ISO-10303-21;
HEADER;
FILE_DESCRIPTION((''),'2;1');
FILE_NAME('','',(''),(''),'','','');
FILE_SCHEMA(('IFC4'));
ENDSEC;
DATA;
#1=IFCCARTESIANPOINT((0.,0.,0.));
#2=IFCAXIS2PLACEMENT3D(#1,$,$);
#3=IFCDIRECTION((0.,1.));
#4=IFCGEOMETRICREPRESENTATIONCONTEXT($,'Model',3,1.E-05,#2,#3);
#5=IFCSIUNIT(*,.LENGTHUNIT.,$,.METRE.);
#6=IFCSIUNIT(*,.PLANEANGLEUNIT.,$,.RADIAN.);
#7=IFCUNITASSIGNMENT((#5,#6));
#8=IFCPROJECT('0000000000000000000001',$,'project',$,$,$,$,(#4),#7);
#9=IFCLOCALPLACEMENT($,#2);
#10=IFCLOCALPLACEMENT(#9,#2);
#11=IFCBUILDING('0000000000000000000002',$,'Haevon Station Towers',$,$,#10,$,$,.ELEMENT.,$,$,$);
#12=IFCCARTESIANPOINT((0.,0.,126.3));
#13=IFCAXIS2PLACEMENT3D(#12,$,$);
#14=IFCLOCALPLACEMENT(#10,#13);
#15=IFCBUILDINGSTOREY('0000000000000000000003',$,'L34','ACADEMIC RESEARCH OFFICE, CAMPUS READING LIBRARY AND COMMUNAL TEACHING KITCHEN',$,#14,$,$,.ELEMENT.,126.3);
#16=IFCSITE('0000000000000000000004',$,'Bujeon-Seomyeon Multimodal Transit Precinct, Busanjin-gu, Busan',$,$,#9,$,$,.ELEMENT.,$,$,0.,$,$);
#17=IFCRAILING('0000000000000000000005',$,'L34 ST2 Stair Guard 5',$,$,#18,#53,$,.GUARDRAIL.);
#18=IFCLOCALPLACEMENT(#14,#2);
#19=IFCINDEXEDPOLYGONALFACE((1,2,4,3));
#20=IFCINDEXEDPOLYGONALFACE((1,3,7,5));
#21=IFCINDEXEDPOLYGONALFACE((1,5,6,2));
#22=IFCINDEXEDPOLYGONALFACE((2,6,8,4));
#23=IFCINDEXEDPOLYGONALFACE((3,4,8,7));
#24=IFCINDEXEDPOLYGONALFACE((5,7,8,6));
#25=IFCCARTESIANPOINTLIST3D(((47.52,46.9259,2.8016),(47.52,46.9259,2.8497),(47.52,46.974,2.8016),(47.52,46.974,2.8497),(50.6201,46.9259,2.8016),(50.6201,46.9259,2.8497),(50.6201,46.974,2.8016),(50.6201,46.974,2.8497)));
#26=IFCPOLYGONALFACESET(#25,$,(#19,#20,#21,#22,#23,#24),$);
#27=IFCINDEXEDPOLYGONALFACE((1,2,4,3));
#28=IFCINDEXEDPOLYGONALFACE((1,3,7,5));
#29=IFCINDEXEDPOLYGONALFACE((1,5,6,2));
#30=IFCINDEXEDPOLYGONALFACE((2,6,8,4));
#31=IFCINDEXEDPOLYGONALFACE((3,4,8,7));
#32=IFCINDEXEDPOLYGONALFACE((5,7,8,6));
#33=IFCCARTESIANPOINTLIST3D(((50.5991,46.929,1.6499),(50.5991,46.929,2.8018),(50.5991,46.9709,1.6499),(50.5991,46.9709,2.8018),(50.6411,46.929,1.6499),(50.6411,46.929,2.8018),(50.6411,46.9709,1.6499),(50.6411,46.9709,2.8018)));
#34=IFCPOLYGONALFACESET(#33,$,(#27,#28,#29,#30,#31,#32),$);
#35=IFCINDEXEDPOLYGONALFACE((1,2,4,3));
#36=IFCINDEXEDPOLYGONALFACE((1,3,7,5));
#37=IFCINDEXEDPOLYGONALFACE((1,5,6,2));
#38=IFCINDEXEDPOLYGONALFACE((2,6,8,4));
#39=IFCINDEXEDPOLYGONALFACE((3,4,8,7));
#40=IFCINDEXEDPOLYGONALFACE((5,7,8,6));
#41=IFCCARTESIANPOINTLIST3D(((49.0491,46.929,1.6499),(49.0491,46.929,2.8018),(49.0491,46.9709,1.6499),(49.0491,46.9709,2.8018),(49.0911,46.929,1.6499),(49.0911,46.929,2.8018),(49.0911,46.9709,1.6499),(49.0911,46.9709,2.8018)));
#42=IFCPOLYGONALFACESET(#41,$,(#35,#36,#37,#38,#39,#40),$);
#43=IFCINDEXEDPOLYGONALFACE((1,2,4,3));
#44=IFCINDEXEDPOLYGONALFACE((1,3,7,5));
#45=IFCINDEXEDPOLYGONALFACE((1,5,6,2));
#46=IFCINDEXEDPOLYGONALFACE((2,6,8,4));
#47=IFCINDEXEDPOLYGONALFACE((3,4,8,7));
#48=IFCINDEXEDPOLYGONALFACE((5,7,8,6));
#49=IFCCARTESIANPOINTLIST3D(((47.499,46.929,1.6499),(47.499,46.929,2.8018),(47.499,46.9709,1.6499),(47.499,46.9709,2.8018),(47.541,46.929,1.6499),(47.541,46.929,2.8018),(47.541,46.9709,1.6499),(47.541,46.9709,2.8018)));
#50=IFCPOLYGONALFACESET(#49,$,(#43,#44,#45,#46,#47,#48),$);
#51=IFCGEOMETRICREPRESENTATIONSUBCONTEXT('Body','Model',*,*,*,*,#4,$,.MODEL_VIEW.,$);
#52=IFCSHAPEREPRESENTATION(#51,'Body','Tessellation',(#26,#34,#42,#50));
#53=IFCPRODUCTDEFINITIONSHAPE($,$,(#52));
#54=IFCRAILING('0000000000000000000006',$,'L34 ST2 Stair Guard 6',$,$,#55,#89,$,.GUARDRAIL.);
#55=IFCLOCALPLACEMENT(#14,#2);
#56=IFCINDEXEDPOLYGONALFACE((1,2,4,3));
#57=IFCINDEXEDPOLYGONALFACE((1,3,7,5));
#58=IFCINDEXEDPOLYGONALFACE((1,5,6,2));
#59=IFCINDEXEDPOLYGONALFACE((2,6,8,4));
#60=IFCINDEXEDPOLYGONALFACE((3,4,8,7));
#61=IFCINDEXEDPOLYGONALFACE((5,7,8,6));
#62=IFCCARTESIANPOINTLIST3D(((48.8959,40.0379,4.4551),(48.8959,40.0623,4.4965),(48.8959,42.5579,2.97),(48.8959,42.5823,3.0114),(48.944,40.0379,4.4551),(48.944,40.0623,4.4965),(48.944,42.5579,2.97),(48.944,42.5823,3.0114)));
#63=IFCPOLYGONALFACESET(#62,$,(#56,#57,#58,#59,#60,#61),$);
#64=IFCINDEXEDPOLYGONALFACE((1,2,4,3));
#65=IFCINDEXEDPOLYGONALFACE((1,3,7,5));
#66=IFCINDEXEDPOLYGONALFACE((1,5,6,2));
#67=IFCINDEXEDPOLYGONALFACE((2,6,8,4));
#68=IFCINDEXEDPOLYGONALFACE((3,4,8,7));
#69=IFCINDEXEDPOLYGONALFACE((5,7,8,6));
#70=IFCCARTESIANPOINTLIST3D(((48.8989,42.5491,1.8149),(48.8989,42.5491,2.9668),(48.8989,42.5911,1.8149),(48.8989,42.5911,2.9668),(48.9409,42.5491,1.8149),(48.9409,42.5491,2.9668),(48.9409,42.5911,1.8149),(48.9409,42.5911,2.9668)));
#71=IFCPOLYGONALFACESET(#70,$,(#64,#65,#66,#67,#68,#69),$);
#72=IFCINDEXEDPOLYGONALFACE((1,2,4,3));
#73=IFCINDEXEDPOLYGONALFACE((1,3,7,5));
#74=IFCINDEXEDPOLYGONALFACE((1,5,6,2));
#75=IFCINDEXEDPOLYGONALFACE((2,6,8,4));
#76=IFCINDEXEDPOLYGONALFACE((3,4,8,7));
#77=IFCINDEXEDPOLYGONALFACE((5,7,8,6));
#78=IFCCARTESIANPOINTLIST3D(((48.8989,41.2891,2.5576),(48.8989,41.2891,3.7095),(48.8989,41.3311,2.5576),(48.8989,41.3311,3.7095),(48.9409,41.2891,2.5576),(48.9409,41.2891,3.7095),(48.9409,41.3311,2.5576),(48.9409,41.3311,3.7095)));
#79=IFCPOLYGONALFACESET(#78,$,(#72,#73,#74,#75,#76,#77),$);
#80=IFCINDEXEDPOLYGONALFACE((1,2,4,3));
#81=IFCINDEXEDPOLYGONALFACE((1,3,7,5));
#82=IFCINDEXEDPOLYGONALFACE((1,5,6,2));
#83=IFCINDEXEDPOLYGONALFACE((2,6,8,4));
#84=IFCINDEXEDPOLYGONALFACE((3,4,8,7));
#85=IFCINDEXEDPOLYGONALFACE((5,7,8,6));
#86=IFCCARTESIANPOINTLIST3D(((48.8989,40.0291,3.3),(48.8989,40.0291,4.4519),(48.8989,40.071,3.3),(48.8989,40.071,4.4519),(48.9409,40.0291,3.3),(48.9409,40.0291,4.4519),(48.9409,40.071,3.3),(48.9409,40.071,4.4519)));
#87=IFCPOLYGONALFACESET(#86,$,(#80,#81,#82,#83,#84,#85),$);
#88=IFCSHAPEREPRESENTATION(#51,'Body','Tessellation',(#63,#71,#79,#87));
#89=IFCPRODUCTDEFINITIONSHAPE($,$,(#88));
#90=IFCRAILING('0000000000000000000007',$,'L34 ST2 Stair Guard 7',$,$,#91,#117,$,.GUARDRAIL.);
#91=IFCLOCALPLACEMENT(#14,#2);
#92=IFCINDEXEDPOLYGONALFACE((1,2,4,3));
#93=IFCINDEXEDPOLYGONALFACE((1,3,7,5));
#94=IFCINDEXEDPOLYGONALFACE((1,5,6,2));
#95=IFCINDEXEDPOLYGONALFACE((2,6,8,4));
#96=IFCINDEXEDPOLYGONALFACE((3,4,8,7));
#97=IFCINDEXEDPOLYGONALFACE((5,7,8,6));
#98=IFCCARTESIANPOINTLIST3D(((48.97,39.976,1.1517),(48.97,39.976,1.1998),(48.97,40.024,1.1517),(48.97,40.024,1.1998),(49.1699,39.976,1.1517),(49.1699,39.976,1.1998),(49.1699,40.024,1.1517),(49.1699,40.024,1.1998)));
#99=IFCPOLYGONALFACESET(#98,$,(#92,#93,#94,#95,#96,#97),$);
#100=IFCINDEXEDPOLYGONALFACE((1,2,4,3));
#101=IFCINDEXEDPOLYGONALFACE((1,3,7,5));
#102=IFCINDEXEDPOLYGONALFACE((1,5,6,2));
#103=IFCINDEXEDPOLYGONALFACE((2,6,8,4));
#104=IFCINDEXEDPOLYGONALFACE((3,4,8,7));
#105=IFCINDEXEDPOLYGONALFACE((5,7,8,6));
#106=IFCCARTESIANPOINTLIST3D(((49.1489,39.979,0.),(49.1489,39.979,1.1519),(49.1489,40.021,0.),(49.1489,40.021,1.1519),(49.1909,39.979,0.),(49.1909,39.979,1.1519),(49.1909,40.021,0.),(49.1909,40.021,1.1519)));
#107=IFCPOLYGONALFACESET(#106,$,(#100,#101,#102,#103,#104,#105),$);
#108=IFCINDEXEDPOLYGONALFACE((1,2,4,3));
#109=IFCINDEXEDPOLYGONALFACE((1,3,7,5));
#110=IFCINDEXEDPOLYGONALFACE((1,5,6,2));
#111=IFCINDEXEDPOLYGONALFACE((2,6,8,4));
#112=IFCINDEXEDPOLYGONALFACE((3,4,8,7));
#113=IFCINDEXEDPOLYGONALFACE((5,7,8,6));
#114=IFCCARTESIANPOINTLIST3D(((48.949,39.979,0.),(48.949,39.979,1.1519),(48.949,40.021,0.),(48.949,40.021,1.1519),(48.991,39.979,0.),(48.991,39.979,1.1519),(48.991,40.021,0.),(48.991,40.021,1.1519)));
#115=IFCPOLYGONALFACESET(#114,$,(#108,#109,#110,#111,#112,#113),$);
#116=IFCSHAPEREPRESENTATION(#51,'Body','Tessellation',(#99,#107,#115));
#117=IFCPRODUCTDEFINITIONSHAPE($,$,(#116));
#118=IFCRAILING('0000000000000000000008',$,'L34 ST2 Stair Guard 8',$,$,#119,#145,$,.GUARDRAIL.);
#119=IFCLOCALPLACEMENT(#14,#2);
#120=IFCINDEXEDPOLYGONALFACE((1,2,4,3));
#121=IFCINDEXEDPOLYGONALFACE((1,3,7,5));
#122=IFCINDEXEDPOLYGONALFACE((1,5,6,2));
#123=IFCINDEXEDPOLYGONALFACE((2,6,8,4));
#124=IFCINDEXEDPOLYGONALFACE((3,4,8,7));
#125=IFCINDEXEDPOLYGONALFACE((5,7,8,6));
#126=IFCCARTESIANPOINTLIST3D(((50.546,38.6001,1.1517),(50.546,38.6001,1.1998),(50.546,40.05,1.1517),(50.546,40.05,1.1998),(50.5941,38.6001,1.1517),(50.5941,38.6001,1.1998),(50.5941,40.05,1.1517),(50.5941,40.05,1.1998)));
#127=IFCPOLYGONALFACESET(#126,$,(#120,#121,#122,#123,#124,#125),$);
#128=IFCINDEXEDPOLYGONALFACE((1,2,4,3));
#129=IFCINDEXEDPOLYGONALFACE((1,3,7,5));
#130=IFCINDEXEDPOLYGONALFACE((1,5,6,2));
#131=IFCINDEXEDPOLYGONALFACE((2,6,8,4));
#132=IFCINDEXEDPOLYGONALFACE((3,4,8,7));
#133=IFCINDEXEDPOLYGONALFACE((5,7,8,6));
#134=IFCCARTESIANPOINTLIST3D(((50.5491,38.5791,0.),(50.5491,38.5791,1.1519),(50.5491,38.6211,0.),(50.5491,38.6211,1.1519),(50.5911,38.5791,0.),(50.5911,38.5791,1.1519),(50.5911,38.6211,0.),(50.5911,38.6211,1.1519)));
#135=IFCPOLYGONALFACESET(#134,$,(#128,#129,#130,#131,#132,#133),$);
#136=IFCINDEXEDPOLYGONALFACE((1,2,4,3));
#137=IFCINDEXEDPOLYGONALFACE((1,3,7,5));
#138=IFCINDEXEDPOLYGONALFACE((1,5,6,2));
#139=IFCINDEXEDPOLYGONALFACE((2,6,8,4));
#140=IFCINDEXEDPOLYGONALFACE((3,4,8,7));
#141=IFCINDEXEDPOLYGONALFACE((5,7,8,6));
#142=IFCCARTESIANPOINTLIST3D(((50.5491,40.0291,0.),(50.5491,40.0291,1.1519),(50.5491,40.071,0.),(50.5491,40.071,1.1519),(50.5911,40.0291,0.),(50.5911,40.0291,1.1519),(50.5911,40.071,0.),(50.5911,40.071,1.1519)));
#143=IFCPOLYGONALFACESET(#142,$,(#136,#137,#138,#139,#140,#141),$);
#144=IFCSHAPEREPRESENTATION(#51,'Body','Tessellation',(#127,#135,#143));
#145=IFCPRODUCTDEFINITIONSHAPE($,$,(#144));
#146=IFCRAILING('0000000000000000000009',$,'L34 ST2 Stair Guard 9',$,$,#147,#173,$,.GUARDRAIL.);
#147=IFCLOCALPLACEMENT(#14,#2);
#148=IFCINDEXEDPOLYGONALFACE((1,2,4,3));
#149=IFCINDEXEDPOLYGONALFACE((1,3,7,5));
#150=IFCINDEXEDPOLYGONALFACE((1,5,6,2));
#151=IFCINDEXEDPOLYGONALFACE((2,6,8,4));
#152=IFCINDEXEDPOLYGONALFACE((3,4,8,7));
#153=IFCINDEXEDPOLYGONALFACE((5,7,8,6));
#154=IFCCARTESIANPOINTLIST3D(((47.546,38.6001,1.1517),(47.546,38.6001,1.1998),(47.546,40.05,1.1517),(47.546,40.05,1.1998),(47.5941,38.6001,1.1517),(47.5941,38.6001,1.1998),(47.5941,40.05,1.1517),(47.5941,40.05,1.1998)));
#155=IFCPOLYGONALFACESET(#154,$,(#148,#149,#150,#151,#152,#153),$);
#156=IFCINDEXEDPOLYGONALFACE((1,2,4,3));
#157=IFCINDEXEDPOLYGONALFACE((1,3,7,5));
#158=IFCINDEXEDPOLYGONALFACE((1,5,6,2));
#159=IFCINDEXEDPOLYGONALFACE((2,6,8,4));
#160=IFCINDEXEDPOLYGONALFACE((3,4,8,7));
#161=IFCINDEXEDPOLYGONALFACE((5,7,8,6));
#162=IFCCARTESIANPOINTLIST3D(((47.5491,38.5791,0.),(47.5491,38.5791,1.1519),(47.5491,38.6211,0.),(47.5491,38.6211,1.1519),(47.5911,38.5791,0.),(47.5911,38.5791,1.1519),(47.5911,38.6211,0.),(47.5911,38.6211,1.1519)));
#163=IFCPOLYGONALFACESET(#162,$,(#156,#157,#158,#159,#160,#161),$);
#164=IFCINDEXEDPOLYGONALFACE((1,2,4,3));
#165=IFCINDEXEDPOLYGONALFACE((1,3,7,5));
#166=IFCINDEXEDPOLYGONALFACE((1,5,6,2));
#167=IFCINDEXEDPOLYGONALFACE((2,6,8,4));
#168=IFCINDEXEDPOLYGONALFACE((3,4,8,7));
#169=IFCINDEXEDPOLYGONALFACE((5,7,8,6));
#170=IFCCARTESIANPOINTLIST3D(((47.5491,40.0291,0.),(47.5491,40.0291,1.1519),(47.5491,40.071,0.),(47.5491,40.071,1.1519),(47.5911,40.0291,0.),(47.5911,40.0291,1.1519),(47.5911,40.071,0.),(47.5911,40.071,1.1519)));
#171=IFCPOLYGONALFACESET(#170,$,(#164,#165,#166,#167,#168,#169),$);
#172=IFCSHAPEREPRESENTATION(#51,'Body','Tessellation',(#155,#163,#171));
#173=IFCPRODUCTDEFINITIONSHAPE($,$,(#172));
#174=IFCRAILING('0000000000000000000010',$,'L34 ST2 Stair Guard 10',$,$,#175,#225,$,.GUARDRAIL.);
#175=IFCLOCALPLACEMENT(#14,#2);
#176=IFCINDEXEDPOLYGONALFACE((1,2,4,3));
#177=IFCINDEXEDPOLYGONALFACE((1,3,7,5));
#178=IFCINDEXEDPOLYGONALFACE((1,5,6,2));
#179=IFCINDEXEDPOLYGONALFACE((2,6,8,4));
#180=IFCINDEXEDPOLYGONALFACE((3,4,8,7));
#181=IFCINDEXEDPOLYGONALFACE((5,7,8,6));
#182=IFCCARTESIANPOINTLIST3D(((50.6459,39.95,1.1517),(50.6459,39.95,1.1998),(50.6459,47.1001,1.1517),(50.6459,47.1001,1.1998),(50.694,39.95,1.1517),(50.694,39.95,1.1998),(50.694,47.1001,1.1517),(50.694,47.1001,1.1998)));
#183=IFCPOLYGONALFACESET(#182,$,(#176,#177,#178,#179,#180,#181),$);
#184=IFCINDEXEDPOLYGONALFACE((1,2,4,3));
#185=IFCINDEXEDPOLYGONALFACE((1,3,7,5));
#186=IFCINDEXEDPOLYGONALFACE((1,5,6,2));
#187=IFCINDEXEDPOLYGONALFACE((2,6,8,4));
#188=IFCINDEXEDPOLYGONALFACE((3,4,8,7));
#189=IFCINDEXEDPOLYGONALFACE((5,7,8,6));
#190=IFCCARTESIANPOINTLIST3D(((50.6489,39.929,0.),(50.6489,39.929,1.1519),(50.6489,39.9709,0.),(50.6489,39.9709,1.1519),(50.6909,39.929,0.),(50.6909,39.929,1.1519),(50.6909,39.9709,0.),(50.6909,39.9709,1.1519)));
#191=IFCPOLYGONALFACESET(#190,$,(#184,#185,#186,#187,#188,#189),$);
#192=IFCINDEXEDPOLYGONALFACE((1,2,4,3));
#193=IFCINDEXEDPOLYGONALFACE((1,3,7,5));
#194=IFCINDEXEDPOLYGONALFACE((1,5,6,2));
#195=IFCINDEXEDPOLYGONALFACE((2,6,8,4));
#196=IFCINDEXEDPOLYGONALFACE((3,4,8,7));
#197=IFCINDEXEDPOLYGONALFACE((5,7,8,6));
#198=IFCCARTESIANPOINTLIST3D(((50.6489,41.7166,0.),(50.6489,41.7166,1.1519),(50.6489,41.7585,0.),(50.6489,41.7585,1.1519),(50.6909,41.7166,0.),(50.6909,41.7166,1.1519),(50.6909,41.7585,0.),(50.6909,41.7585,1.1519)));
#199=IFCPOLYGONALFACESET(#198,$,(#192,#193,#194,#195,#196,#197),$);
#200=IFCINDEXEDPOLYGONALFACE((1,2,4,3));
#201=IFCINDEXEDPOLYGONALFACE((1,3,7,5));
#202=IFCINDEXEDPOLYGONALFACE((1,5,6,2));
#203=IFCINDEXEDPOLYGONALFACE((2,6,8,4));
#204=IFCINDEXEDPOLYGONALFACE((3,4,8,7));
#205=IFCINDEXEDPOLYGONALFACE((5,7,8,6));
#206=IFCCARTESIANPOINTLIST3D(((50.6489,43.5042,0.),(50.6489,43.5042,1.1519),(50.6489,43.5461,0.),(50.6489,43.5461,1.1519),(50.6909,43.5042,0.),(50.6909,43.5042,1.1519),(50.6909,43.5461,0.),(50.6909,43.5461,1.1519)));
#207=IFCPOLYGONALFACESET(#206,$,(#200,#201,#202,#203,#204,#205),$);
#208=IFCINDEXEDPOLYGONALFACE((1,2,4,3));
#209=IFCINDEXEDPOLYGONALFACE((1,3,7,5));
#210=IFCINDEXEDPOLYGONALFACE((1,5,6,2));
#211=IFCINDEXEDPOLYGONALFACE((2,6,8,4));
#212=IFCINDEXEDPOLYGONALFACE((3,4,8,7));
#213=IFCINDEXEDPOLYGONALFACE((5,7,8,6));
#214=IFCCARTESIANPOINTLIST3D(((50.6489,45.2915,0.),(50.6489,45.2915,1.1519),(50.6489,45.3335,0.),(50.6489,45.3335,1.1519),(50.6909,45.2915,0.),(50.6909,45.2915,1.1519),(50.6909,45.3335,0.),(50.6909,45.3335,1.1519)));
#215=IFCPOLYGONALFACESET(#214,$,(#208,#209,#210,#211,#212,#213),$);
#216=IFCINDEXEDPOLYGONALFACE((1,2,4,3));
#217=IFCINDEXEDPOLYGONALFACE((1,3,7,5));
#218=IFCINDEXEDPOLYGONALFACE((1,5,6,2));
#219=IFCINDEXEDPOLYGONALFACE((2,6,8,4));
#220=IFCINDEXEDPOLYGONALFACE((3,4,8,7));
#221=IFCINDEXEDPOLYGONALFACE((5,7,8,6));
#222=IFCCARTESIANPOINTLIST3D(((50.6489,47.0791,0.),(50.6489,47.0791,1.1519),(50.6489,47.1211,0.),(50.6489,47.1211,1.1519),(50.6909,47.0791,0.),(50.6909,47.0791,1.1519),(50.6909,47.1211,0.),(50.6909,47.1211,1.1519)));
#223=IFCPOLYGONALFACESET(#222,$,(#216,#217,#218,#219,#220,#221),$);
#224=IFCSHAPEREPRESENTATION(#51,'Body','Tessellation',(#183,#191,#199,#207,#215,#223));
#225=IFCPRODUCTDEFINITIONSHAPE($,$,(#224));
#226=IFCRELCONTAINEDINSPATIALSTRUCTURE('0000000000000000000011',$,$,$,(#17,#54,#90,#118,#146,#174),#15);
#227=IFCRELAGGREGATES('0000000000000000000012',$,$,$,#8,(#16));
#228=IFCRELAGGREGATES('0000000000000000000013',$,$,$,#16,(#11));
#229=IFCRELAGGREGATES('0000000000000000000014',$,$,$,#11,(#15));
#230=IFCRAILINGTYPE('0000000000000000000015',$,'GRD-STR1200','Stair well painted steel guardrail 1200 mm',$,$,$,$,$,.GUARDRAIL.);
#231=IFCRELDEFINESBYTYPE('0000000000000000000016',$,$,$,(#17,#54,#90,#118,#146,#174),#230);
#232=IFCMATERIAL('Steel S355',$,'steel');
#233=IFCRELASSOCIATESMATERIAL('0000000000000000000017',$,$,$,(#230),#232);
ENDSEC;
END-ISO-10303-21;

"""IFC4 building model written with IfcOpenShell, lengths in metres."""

from ifc_helpers import new_model, si_unit, direction, frame, origin, origin_2d, place, context, subcontext, project, spatial, rectangle, extrude, material, type_object, element, save


model = new_model("IFC4")

# Units and contexts
model_context = context("Model", 3, precision=1e-05, world=origin(), true_north=direction((0.0, 1.0)))
body_context = subcontext(model_context, "Body", "Model", "MODEL_VIEW")
ifc_project = project(units=[si_unit("LENGTHUNIT", "METRE"), si_unit("PLANEANGLEUNIT", "RADIAN")], contexts=[model_context])

# Site, building, storey
site_placement = place(None, origin())
site = spatial("IfcSite", under=ifc_project, at=site_placement, Name="Bujeon-Seomyeon Multimodal Transit Precinct, Busanjin-gu, Busan", CompositionType="ELEMENT", RefElevation=0.0)
building_placement = place(site_placement, origin())
building = spatial("IfcBuilding", under=site, at=building_placement, Name="Haevon Station Towers", CompositionType="ELEMENT")
storey_placement = place(building_placement, frame((0.0, 0.0, 126.3)))
storey = spatial("IfcBuildingStorey", under=building, at=storey_placement, Name="L34", Description="ACADEMIC RESEARCH OFFICE, CAMPUS READING LIBRARY AND COMMUNAL TEACHING KITCHEN", CompositionType="ELEMENT", Elevation=126.3)

# Shared definitions
ifc_material_1 = material(Name="Steel S355", Category="steel")

# Railings
railing_type_1 = type_object("IfcRailingType", Name="GRD-STR1200", Description="Stair well painted steel guardrail 1200 mm", PredefinedType="GUARDRAIL", material=ifc_material_1)
railing_1_placement = place(storey_placement, frame((50.6201, 46.95, 1.6499)))
element("IfcRailing", 1, at=railing_1_placement, inside=storey, type_object=railing_type_1, Name="L34 ST2 Stair Guard 5", PredefinedType="GUARDRAIL", context=body_context, shape_type="SweptSolid", body=[
    extrude(rectangle(XDim=0.0481, YDim=0.0481, at=origin_2d()), frame((0.0, 0.0, 1.1758), z_axis=(-1.0, 0.0, 0.0), x_axis=(0.0, -1.0, 0.0)), (0.0, 0.0, 1.0), 3.1001),
    extrude(rectangle(XDim=0.042, YDim=0.042, at=origin_2d()), origin(), (0.0, 0.0, 1.0), 1.1519),
    extrude(rectangle(XDim=0.042, YDim=0.042, at=origin_2d()), frame((-1.55, 0.0, 0.0)), (0.0, 0.0, 1.0), 1.1519),
    extrude(rectangle(XDim=0.042, YDim=0.042, at=origin_2d()), frame((-3.1001, 0.0, 0.0)), (0.0, 0.0, 1.0), 1.1519),
])
railing_2_placement = place(storey_placement, frame((48.9199, 42.5701, 1.8149)))
element("IfcRailing", 2, at=railing_2_placement, inside=storey, type_object=railing_type_1, Name="L34 ST2 Stair Guard 6", PredefinedType="GUARDRAIL", context=body_context, shape_type="SweptSolid", body=[
    extrude(rectangle(XDim=0.0481, YDim=0.0481, at=origin_2d()), frame((0.0, 0.0, 1.1758), z_axis=(0.0, -0.861524, 0.507717), x_axis=(1.0, 0.0, 0.0)), (0.0, 0.0, 1.0), 2.925),
    extrude(rectangle(XDim=0.042, YDim=0.042, at=origin_2d()), origin(), (0.0, 0.0, 1.0), 1.1519),
    extrude(rectangle(XDim=0.042, YDim=0.042, at=origin_2d()), frame((0.0, -1.26, 0.7427)), (0.0, 0.0, 1.0), 1.1519),
    extrude(rectangle(XDim=0.042, YDim=0.042, at=origin_2d()), frame((0.0, -2.52, 1.4851)), (0.0, 0.0, 1.0), 1.1519),
])
railing_3_placement = place(storey_placement, frame((49.1699, 40.0, 0.0)))
element("IfcRailing", 3, at=railing_3_placement, inside=storey, type_object=railing_type_1, Name="L34 ST2 Stair Guard 7", PredefinedType="GUARDRAIL", context=body_context, shape_type="SweptSolid", body=[
    extrude(rectangle(XDim=0.0481, YDim=0.0481, at=origin_2d()), frame((0.0, 0.0, 1.1758), z_axis=(-1.0, 0.0, 0.0), x_axis=(0.0, -1.0, 0.0)), (0.0, 0.0, 1.0), 0.2),
    extrude(rectangle(XDim=0.042, YDim=0.042, at=origin_2d()), origin(), (0.0, 0.0, 1.0), 1.1519),
    extrude(rectangle(XDim=0.042, YDim=0.042, at=origin_2d()), frame((-0.2, 0.0, 0.0)), (0.0, 0.0, 1.0), 1.1519),
])
for number, where, name in (
    (4, (50.5701, 38.6001, 0.0), "L34 ST2 Stair Guard 8"),
    (5, (47.5701, 38.6001, 0.0), "L34 ST2 Stair Guard 9"),
):
    element("IfcRailing", number, at=place(storey_placement, frame(where)), inside=storey, type_object=railing_type_1, Name=name, PredefinedType="GUARDRAIL", context=body_context, shape_type="SweptSolid", body=[
        extrude(rectangle(XDim=0.0481, YDim=0.0481, at=origin_2d()), frame((0.0, 0.0, 1.1758), z_axis=(0.0, 1.0, 0.0), x_axis=(-1.0, 0.0, 0.0)), (0.0, 0.0, 1.0), 1.45),
        extrude(rectangle(XDim=0.042, YDim=0.042, at=origin_2d()), origin(), (0.0, 0.0, 1.0), 1.1519),
        extrude(rectangle(XDim=0.042, YDim=0.042, at=origin_2d()), frame((0.0, 1.45, 0.0)), (0.0, 0.0, 1.0), 1.1519),
    ])
for number, where, name in (
    (6, (50.6699, 39.95, 0.0), "L34 ST2 Stair Guard 10"),
):
    element("IfcRailing", number, at=place(storey_placement, frame(where)), inside=storey, type_object=railing_type_1, Name=name, PredefinedType="GUARDRAIL", context=body_context, shape_type="SweptSolid", body=[
        extrude(rectangle(XDim=0.0481, YDim=0.0481, at=origin_2d()), frame((0.0, 0.0, 1.1758), z_axis=(0.0, 1.0, 0.0), x_axis=(-1.0, 0.0, 0.0)), (0.0, 0.0, 1.0), 7.1501),
        extrude(rectangle(XDim=0.042, YDim=0.042, at=origin_2d()), origin(), (0.0, 0.0, 1.0), 1.1519),
        extrude(rectangle(XDim=0.042, YDim=0.042, at=origin_2d()), frame((0.0, 1.7876, 0.0)), (0.0, 0.0, 1.0), 1.1519),
        extrude(rectangle(XDim=0.042, YDim=0.042, at=origin_2d()), frame((0.0, 3.5752, 0.0)), (0.0, 0.0, 1.0), 1.1519),
        extrude(rectangle(XDim=0.042, YDim=0.042, at=origin_2d()), frame((0.0, 5.3625, 0.0)), (0.0, 0.0, 1.0), 1.1519),
        extrude(rectangle(XDim=0.042, YDim=0.042, at=origin_2d()), frame((0.0, 7.1501, 0.0)), (0.0, 0.0, 1.0), 1.1519),
    ])

save(model, "model.ifc")
